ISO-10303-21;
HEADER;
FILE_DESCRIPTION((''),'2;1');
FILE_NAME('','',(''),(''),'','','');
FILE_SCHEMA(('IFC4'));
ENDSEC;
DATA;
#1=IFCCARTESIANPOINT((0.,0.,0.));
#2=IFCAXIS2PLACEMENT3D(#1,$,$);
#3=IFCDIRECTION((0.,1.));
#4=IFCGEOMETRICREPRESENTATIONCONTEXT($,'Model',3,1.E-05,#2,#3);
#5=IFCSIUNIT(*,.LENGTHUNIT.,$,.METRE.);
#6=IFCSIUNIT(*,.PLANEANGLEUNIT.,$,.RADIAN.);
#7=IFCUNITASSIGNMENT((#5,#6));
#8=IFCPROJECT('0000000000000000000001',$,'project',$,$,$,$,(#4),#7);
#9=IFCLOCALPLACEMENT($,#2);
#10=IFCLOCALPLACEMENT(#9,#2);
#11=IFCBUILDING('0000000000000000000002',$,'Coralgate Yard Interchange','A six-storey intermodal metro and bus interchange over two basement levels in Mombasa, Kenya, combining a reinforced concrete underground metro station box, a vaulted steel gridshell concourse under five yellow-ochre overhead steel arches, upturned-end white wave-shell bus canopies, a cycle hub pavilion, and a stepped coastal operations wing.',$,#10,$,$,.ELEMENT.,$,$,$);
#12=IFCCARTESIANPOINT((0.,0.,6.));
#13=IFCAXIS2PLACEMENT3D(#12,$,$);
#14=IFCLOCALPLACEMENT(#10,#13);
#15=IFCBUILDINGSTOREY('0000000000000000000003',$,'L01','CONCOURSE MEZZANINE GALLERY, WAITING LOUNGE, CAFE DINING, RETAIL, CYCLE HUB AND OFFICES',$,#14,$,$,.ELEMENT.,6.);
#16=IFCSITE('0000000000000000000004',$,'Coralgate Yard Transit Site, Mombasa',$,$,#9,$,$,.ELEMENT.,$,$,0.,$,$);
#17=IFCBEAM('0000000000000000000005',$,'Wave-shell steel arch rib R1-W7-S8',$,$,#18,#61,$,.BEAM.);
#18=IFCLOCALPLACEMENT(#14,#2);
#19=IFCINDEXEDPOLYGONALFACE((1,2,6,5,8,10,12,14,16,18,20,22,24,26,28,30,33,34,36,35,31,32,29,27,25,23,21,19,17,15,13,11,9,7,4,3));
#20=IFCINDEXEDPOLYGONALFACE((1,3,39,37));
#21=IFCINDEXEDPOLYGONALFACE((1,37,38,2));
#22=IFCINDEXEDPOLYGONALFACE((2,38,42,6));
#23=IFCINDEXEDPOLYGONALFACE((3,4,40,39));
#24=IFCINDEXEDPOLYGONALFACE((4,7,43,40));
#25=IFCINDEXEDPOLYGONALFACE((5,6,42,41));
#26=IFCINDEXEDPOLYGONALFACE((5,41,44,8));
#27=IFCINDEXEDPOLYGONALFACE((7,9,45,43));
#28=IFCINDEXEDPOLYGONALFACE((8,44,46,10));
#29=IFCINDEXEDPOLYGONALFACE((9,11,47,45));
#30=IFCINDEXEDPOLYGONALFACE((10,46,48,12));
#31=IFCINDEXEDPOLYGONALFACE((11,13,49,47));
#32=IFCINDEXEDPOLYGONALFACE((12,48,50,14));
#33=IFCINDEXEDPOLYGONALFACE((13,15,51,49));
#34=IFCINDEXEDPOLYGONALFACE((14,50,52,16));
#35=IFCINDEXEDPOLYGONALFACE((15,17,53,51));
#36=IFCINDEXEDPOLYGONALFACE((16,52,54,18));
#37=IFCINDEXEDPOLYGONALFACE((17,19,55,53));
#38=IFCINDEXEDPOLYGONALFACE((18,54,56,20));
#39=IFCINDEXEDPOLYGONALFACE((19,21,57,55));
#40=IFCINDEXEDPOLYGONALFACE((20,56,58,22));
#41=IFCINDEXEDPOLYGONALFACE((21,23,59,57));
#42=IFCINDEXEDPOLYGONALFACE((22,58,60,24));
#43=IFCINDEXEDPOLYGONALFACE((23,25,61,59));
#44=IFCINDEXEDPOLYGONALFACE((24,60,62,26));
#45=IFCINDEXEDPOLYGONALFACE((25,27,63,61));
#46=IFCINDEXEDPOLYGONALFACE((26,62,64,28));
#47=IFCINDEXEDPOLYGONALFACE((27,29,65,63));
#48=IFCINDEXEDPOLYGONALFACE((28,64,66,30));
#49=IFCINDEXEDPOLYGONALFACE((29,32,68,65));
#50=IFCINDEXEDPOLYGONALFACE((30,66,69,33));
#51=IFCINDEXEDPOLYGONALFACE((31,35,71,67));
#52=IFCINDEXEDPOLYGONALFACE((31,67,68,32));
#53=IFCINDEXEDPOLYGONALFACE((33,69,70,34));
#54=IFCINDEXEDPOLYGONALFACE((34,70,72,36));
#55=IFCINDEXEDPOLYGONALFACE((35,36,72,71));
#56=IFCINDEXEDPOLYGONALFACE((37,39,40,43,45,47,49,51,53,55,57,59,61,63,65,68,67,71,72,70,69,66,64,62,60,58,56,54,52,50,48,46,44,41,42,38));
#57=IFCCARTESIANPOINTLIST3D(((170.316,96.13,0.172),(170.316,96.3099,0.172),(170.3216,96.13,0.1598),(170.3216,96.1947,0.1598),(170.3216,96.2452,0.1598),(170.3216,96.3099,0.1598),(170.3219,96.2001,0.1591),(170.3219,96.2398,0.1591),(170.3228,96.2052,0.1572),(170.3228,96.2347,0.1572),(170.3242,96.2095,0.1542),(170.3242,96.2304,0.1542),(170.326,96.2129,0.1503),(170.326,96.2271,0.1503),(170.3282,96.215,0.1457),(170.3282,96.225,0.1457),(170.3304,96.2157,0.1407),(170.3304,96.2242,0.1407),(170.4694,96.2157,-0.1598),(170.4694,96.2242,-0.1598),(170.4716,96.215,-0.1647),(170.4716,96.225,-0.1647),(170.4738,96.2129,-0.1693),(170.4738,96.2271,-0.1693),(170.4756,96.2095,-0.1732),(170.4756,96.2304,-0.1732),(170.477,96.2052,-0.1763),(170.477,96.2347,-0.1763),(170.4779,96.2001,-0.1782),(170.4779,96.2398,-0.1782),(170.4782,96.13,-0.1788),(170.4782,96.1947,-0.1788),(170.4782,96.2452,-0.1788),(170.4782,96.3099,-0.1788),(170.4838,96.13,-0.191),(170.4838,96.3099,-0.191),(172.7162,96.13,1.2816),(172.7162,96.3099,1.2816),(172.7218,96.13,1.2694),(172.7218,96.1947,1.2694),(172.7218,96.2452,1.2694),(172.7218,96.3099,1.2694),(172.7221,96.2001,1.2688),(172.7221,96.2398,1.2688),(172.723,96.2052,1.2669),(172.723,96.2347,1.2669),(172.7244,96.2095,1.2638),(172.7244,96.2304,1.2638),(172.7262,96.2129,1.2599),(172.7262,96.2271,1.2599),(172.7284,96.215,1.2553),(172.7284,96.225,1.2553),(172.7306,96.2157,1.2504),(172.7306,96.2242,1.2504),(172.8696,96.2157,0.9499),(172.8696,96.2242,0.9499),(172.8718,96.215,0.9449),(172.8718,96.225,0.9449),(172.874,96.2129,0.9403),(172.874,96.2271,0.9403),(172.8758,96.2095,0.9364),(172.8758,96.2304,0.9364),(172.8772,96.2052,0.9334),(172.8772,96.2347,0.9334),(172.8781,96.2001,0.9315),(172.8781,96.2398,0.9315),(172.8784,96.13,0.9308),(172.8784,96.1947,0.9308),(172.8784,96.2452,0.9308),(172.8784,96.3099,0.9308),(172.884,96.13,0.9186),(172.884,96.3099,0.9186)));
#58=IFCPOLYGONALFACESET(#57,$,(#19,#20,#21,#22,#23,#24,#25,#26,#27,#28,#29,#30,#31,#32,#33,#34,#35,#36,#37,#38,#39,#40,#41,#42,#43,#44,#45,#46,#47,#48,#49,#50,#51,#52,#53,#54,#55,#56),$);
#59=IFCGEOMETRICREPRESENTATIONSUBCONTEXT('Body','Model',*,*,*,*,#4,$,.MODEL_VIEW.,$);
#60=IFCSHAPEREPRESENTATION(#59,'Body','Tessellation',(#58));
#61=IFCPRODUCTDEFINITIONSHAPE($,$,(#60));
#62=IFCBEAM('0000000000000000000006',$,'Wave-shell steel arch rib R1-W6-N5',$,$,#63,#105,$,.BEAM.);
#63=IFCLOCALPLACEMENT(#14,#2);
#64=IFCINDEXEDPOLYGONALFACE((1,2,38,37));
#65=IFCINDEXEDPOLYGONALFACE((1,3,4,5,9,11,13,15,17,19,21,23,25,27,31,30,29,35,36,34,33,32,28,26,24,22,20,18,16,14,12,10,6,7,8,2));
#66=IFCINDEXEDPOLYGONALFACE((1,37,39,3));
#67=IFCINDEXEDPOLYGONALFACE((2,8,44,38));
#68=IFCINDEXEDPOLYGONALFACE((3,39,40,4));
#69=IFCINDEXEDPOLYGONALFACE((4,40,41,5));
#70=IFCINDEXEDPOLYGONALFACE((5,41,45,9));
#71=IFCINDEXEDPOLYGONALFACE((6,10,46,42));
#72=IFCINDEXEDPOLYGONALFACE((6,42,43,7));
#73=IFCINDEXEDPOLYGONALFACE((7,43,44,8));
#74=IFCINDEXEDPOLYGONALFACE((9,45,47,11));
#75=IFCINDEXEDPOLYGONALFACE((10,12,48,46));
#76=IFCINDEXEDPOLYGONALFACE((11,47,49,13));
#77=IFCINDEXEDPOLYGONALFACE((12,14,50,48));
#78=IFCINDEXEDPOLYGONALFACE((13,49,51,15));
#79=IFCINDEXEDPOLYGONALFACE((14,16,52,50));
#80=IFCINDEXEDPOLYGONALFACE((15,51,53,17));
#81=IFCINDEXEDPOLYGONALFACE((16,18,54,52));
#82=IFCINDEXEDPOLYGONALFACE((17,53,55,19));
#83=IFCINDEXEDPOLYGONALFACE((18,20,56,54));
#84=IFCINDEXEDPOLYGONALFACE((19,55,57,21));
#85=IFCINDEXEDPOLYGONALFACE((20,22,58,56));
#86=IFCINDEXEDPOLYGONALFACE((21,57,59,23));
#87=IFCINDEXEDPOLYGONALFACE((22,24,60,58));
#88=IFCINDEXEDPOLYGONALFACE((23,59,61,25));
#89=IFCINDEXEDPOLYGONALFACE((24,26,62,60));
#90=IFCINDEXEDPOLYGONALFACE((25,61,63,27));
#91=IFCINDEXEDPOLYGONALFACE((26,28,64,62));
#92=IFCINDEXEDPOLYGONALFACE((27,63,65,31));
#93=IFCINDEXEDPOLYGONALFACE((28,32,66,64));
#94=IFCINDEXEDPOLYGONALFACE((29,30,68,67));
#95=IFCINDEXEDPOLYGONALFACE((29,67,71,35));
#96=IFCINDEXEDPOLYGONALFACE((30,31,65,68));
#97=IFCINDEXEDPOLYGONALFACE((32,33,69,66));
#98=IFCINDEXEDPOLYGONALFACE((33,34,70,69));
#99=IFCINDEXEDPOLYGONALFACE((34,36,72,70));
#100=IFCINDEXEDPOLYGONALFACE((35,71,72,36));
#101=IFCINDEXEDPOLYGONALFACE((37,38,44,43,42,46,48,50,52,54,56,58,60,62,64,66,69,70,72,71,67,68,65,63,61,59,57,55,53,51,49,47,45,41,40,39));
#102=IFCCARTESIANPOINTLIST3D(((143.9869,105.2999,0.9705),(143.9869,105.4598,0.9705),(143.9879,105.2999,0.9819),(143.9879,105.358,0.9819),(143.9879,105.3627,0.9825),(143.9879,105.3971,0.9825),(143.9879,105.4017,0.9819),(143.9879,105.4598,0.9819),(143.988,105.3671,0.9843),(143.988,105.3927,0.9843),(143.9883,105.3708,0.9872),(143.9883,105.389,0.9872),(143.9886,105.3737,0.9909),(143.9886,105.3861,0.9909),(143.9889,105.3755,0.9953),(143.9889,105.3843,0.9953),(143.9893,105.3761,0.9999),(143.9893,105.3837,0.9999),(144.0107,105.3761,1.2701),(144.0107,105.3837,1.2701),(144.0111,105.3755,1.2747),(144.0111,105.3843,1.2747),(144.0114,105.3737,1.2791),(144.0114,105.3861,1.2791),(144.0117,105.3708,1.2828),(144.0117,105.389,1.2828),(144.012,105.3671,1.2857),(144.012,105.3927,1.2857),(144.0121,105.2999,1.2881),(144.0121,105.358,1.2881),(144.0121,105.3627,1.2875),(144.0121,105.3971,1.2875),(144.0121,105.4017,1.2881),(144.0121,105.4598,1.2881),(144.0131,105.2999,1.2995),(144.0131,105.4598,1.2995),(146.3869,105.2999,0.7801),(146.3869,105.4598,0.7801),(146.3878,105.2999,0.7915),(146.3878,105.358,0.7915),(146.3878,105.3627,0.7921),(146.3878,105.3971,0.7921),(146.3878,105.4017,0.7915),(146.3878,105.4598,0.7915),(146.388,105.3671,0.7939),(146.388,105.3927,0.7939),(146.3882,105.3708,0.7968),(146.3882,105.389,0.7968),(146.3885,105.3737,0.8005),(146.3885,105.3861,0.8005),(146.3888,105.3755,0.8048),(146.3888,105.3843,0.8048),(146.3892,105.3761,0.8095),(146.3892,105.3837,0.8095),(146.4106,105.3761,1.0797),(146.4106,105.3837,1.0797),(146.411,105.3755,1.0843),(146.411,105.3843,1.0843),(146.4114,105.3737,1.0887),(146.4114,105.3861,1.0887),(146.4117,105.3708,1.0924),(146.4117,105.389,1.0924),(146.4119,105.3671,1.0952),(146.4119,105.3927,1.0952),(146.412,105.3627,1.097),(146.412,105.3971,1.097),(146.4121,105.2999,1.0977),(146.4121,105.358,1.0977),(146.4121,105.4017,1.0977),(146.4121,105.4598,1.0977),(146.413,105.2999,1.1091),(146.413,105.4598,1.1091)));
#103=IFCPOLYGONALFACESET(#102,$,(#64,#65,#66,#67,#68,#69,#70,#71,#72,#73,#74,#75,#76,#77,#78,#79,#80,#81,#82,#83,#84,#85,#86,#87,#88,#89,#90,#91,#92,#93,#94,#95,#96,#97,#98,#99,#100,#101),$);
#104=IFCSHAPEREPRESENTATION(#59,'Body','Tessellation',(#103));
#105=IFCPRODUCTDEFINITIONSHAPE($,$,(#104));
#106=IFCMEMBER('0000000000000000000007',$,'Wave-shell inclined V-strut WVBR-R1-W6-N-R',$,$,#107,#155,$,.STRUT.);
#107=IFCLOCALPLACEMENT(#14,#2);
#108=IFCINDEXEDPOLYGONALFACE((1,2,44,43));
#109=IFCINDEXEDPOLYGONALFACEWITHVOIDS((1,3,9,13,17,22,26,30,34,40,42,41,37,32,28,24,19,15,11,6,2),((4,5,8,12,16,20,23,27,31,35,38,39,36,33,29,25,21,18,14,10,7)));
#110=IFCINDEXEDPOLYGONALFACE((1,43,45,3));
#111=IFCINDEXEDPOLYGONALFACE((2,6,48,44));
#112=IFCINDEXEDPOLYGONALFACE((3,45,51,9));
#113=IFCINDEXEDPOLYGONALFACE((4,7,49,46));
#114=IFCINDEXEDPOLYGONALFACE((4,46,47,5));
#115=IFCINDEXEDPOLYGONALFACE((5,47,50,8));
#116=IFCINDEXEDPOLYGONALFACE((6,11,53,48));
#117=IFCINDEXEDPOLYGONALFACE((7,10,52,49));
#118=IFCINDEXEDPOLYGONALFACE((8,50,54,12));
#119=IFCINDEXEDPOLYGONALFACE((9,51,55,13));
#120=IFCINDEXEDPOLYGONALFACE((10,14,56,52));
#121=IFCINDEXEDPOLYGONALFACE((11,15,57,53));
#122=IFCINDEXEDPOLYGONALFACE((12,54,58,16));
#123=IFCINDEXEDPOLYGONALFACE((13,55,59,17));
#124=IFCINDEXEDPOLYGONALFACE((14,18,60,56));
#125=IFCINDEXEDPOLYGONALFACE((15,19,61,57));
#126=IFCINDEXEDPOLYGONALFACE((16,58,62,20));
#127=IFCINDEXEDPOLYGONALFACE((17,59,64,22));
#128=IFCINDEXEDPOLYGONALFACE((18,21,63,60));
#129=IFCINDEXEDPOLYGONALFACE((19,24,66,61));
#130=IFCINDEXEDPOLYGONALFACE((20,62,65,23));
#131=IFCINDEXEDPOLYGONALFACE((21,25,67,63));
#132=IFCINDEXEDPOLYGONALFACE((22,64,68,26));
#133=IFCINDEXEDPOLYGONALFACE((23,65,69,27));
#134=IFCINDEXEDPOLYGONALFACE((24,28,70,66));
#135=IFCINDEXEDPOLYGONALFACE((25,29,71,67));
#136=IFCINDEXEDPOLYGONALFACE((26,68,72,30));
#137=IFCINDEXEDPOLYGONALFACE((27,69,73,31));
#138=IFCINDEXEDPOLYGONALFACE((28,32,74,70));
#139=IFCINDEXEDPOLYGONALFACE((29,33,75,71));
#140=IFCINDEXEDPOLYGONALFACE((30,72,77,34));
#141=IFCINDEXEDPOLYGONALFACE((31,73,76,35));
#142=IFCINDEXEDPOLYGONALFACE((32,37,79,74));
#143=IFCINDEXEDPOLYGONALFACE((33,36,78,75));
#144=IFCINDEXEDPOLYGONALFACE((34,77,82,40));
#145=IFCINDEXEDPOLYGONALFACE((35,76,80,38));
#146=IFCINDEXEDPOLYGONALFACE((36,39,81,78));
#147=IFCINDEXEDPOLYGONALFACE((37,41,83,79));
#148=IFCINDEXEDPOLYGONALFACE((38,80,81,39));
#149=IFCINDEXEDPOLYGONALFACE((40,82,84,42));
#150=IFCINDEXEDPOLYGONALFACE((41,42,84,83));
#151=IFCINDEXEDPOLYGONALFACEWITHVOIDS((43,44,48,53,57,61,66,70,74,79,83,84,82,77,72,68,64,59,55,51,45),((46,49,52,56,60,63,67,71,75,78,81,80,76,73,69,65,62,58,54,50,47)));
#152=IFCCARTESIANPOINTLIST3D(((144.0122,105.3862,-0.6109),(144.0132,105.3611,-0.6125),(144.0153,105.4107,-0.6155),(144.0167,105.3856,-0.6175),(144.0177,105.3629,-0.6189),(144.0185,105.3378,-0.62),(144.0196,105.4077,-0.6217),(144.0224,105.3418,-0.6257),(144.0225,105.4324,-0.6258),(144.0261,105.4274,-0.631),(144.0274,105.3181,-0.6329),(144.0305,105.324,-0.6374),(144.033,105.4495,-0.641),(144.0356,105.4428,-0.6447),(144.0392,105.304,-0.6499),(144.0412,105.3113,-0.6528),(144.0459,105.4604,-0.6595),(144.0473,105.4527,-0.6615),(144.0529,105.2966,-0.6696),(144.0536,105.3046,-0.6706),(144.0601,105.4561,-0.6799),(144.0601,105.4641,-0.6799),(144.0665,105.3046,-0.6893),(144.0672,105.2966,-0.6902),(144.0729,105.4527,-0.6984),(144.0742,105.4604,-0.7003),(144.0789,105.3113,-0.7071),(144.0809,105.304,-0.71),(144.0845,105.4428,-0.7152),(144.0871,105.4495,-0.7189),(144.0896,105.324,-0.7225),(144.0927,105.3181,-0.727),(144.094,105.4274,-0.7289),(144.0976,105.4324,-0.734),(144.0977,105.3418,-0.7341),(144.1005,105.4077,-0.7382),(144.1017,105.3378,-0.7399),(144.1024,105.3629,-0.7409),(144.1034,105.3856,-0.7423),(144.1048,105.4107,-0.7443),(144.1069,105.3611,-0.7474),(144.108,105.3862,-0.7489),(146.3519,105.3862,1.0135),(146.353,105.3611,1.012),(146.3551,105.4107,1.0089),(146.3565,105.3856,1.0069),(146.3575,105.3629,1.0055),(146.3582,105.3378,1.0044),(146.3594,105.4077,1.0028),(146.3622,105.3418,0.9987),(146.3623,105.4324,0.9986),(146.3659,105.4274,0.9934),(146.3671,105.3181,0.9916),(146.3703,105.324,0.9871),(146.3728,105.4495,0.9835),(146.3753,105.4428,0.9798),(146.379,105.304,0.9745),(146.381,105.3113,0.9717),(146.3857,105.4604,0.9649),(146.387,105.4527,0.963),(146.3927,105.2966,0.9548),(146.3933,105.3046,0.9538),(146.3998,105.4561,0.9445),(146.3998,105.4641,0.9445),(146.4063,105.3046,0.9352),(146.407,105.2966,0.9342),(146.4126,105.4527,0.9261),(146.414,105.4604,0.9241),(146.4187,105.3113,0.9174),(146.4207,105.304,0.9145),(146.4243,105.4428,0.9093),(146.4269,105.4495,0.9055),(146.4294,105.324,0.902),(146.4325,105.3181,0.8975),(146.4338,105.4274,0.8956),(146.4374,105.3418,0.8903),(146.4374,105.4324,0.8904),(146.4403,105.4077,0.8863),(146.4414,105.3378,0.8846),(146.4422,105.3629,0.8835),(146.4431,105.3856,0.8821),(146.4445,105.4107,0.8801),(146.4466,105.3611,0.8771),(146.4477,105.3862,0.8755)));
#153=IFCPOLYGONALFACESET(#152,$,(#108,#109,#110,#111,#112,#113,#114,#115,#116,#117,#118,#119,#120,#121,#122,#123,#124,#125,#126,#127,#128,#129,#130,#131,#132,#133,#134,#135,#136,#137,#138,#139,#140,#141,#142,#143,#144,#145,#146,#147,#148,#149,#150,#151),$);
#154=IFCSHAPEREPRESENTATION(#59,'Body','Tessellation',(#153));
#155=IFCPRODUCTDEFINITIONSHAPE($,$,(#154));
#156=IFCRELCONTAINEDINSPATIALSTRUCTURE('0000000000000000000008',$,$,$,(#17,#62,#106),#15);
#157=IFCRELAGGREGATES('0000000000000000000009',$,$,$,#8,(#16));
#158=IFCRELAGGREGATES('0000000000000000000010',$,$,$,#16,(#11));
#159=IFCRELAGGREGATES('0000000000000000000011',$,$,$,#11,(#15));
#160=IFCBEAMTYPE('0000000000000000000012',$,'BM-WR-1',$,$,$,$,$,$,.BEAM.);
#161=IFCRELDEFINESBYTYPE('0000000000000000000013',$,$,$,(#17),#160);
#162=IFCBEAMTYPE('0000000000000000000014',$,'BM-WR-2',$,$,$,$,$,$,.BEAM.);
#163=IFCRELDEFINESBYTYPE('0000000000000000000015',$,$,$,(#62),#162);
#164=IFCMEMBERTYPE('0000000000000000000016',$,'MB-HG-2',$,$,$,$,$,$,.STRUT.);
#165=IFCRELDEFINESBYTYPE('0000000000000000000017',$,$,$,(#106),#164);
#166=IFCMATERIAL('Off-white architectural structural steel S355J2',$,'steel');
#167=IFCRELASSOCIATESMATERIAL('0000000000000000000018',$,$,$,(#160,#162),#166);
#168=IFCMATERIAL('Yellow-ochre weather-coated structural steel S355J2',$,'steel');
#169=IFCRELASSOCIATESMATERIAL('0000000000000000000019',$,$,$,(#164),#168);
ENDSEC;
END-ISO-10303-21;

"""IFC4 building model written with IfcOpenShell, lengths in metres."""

from ifc_helpers import new_model, si_unit, direction, frame, origin, origin_2d, place, context, subcontext, project, spatial, hollow_circle, i_section, extrude, material, material_profile, profile_set, type_object, element, save


model = new_model("IFC4")

# Units and contexts
model_context = context("Model", 3, precision=1e-05, world=origin(), true_north=direction((0.0, 1.0)))
body_context = subcontext(model_context, "Body", "Model", "MODEL_VIEW")
ifc_project = project(units=[si_unit("LENGTHUNIT", "METRE"), si_unit("PLANEANGLEUNIT", "RADIAN")], contexts=[model_context])

# Site, building, storey
site_placement = place(None, origin())
site = spatial("IfcSite", under=ifc_project, at=site_placement, Name="Coralgate Yard Transit Site, Mombasa", CompositionType="ELEMENT", RefElevation=0.0)
building_placement = place(site_placement, origin())
building = spatial("IfcBuilding", under=site, at=building_placement, Name="Coralgate Yard Interchange", Description="A six-storey intermodal metro and bus interchange over two basement levels in Mombasa, Kenya, combining a reinforced concrete underground metro station box, a vaulted steel gridshell concourse under five yellow-ochre overhead steel arches, upturned-end white wave-shell bus canopies, a cycle hub pavilion, and a stepped coastal operations wing.", CompositionType="ELEMENT")
storey_placement = place(building_placement, frame((0.0, 0.0, 6.0)))
storey = spatial("IfcBuildingStorey", under=building, at=storey_placement, Name="L01", Description="CONCOURSE MEZZANINE GALLERY, WAITING LOUNGE, CAFE DINING, RETAIL, CYCLE HUB AND OFFICES", CompositionType="ELEMENT", Elevation=6.0)

# Beams
ifc_material_1 = material(Name="Off-white architectural structural steel S355J2", Category="steel")
ifc_material_profile_1 = material_profile(ifc_material_1, i_section(OverallWidth=0.1799, OverallDepth=0.3999, WebThickness=0.0085, FlangeThickness=0.0134, FilletRadius=0.021, at=origin_2d()), Name="IPE 400")
ifc_profile_set_1 = profile_set([ifc_material_profile_1], Name="Off-white architectural structural steel S355J2")
beam_type_1 = type_object("IfcBeamType", Name="BM-WR-1", PredefinedType="BEAM", material=ifc_profile_set_1)
beam_1_placement = place(storey_placement, frame((170.3999, 96.22, -0.0095), z_axis=(0.907692, 0.0, 0.419638), x_axis=(0.0, 1.0, 0.0)))
element("IfcBeam", 1, at=beam_1_placement, inside=storey, type_object=beam_type_1, Name="Wave-shell steel arch rib R1-W7-S8", PredefinedType="BEAM", context=body_context, shape_type="SweptSolid", body=[
    extrude(i_section(OverallWidth=0.1799, OverallDepth=0.3999, WebThickness=0.0085, FlangeThickness=0.0134, FilletRadius=0.021, at=origin_2d()), origin(), (0.0, 0.0, 1.0), 2.6443),
])
ifc_material_profile_2 = material_profile(ifc_material_1, i_section(OverallWidth=0.1599, OverallDepth=0.3301, WebThickness=0.0076, FlangeThickness=0.0115, FilletRadius=0.0181, at=origin_2d()), Name="IPE 330")
ifc_profile_set_2 = profile_set([ifc_material_profile_2], Name="Off-white architectural structural steel S355J2")
beam_type_2 = type_object("IfcBeamType", Name="BM-WR-2", PredefinedType="BEAM", material=ifc_profile_set_2)
beam_2_placement = place(storey_placement, frame((144.0, 105.3799, 1.135), z_axis=(0.996867, 0.0, -0.0791), x_axis=(0.0, 1.0, 0.0)))
element("IfcBeam", 2, at=beam_2_placement, inside=storey, type_object=beam_type_2, Name="Wave-shell steel arch rib R1-W6-N5", PredefinedType="BEAM", context=body_context, shape_type="SweptSolid", body=[
    extrude(i_section(OverallWidth=0.1599, OverallDepth=0.3301, WebThickness=0.0076, FlangeThickness=0.0115, FilletRadius=0.0181, at=origin_2d()), origin(), (0.0, 0.0, 1.0), 2.4075),
])

# Member
ifc_material_2 = material(Name="Yellow-ochre weather-coated structural steel S355J2", Category="steel")
ifc_material_profile_3 = material_profile(ifc_material_2, hollow_circle(Radius=0.0842, WallThickness=0.0081, at=origin_2d()), Name="CHS 168.3x8")
ifc_profile_set_3 = profile_set([ifc_material_profile_3], Name="Yellow-ochre weather-coated structural steel S355J2")
member_type_1 = type_object("IfcMemberType", Name="MB-HG-2", PredefinedType="STRUT", material=ifc_profile_set_3)
member_placement = place(storey_placement, frame((144.0601, 105.3799, -0.6799), z_axis=(0.821432, 0.0, 0.570306), x_axis=(0.0, 1.0, 0.0)))
element("IfcMember", 3, at=member_placement, inside=storey, type_object=member_type_1, Name="Wave-shell inclined V-strut WVBR-R1-W6-N-R", PredefinedType="STRUT", context=body_context, shape_type="SweptSolid", body=[
    extrude(hollow_circle(Radius=0.0842, WallThickness=0.0081, at=origin_2d()), origin(), (0.0, 0.0, 1.0), 2.8484),
])

save(model, "model.ifc")
